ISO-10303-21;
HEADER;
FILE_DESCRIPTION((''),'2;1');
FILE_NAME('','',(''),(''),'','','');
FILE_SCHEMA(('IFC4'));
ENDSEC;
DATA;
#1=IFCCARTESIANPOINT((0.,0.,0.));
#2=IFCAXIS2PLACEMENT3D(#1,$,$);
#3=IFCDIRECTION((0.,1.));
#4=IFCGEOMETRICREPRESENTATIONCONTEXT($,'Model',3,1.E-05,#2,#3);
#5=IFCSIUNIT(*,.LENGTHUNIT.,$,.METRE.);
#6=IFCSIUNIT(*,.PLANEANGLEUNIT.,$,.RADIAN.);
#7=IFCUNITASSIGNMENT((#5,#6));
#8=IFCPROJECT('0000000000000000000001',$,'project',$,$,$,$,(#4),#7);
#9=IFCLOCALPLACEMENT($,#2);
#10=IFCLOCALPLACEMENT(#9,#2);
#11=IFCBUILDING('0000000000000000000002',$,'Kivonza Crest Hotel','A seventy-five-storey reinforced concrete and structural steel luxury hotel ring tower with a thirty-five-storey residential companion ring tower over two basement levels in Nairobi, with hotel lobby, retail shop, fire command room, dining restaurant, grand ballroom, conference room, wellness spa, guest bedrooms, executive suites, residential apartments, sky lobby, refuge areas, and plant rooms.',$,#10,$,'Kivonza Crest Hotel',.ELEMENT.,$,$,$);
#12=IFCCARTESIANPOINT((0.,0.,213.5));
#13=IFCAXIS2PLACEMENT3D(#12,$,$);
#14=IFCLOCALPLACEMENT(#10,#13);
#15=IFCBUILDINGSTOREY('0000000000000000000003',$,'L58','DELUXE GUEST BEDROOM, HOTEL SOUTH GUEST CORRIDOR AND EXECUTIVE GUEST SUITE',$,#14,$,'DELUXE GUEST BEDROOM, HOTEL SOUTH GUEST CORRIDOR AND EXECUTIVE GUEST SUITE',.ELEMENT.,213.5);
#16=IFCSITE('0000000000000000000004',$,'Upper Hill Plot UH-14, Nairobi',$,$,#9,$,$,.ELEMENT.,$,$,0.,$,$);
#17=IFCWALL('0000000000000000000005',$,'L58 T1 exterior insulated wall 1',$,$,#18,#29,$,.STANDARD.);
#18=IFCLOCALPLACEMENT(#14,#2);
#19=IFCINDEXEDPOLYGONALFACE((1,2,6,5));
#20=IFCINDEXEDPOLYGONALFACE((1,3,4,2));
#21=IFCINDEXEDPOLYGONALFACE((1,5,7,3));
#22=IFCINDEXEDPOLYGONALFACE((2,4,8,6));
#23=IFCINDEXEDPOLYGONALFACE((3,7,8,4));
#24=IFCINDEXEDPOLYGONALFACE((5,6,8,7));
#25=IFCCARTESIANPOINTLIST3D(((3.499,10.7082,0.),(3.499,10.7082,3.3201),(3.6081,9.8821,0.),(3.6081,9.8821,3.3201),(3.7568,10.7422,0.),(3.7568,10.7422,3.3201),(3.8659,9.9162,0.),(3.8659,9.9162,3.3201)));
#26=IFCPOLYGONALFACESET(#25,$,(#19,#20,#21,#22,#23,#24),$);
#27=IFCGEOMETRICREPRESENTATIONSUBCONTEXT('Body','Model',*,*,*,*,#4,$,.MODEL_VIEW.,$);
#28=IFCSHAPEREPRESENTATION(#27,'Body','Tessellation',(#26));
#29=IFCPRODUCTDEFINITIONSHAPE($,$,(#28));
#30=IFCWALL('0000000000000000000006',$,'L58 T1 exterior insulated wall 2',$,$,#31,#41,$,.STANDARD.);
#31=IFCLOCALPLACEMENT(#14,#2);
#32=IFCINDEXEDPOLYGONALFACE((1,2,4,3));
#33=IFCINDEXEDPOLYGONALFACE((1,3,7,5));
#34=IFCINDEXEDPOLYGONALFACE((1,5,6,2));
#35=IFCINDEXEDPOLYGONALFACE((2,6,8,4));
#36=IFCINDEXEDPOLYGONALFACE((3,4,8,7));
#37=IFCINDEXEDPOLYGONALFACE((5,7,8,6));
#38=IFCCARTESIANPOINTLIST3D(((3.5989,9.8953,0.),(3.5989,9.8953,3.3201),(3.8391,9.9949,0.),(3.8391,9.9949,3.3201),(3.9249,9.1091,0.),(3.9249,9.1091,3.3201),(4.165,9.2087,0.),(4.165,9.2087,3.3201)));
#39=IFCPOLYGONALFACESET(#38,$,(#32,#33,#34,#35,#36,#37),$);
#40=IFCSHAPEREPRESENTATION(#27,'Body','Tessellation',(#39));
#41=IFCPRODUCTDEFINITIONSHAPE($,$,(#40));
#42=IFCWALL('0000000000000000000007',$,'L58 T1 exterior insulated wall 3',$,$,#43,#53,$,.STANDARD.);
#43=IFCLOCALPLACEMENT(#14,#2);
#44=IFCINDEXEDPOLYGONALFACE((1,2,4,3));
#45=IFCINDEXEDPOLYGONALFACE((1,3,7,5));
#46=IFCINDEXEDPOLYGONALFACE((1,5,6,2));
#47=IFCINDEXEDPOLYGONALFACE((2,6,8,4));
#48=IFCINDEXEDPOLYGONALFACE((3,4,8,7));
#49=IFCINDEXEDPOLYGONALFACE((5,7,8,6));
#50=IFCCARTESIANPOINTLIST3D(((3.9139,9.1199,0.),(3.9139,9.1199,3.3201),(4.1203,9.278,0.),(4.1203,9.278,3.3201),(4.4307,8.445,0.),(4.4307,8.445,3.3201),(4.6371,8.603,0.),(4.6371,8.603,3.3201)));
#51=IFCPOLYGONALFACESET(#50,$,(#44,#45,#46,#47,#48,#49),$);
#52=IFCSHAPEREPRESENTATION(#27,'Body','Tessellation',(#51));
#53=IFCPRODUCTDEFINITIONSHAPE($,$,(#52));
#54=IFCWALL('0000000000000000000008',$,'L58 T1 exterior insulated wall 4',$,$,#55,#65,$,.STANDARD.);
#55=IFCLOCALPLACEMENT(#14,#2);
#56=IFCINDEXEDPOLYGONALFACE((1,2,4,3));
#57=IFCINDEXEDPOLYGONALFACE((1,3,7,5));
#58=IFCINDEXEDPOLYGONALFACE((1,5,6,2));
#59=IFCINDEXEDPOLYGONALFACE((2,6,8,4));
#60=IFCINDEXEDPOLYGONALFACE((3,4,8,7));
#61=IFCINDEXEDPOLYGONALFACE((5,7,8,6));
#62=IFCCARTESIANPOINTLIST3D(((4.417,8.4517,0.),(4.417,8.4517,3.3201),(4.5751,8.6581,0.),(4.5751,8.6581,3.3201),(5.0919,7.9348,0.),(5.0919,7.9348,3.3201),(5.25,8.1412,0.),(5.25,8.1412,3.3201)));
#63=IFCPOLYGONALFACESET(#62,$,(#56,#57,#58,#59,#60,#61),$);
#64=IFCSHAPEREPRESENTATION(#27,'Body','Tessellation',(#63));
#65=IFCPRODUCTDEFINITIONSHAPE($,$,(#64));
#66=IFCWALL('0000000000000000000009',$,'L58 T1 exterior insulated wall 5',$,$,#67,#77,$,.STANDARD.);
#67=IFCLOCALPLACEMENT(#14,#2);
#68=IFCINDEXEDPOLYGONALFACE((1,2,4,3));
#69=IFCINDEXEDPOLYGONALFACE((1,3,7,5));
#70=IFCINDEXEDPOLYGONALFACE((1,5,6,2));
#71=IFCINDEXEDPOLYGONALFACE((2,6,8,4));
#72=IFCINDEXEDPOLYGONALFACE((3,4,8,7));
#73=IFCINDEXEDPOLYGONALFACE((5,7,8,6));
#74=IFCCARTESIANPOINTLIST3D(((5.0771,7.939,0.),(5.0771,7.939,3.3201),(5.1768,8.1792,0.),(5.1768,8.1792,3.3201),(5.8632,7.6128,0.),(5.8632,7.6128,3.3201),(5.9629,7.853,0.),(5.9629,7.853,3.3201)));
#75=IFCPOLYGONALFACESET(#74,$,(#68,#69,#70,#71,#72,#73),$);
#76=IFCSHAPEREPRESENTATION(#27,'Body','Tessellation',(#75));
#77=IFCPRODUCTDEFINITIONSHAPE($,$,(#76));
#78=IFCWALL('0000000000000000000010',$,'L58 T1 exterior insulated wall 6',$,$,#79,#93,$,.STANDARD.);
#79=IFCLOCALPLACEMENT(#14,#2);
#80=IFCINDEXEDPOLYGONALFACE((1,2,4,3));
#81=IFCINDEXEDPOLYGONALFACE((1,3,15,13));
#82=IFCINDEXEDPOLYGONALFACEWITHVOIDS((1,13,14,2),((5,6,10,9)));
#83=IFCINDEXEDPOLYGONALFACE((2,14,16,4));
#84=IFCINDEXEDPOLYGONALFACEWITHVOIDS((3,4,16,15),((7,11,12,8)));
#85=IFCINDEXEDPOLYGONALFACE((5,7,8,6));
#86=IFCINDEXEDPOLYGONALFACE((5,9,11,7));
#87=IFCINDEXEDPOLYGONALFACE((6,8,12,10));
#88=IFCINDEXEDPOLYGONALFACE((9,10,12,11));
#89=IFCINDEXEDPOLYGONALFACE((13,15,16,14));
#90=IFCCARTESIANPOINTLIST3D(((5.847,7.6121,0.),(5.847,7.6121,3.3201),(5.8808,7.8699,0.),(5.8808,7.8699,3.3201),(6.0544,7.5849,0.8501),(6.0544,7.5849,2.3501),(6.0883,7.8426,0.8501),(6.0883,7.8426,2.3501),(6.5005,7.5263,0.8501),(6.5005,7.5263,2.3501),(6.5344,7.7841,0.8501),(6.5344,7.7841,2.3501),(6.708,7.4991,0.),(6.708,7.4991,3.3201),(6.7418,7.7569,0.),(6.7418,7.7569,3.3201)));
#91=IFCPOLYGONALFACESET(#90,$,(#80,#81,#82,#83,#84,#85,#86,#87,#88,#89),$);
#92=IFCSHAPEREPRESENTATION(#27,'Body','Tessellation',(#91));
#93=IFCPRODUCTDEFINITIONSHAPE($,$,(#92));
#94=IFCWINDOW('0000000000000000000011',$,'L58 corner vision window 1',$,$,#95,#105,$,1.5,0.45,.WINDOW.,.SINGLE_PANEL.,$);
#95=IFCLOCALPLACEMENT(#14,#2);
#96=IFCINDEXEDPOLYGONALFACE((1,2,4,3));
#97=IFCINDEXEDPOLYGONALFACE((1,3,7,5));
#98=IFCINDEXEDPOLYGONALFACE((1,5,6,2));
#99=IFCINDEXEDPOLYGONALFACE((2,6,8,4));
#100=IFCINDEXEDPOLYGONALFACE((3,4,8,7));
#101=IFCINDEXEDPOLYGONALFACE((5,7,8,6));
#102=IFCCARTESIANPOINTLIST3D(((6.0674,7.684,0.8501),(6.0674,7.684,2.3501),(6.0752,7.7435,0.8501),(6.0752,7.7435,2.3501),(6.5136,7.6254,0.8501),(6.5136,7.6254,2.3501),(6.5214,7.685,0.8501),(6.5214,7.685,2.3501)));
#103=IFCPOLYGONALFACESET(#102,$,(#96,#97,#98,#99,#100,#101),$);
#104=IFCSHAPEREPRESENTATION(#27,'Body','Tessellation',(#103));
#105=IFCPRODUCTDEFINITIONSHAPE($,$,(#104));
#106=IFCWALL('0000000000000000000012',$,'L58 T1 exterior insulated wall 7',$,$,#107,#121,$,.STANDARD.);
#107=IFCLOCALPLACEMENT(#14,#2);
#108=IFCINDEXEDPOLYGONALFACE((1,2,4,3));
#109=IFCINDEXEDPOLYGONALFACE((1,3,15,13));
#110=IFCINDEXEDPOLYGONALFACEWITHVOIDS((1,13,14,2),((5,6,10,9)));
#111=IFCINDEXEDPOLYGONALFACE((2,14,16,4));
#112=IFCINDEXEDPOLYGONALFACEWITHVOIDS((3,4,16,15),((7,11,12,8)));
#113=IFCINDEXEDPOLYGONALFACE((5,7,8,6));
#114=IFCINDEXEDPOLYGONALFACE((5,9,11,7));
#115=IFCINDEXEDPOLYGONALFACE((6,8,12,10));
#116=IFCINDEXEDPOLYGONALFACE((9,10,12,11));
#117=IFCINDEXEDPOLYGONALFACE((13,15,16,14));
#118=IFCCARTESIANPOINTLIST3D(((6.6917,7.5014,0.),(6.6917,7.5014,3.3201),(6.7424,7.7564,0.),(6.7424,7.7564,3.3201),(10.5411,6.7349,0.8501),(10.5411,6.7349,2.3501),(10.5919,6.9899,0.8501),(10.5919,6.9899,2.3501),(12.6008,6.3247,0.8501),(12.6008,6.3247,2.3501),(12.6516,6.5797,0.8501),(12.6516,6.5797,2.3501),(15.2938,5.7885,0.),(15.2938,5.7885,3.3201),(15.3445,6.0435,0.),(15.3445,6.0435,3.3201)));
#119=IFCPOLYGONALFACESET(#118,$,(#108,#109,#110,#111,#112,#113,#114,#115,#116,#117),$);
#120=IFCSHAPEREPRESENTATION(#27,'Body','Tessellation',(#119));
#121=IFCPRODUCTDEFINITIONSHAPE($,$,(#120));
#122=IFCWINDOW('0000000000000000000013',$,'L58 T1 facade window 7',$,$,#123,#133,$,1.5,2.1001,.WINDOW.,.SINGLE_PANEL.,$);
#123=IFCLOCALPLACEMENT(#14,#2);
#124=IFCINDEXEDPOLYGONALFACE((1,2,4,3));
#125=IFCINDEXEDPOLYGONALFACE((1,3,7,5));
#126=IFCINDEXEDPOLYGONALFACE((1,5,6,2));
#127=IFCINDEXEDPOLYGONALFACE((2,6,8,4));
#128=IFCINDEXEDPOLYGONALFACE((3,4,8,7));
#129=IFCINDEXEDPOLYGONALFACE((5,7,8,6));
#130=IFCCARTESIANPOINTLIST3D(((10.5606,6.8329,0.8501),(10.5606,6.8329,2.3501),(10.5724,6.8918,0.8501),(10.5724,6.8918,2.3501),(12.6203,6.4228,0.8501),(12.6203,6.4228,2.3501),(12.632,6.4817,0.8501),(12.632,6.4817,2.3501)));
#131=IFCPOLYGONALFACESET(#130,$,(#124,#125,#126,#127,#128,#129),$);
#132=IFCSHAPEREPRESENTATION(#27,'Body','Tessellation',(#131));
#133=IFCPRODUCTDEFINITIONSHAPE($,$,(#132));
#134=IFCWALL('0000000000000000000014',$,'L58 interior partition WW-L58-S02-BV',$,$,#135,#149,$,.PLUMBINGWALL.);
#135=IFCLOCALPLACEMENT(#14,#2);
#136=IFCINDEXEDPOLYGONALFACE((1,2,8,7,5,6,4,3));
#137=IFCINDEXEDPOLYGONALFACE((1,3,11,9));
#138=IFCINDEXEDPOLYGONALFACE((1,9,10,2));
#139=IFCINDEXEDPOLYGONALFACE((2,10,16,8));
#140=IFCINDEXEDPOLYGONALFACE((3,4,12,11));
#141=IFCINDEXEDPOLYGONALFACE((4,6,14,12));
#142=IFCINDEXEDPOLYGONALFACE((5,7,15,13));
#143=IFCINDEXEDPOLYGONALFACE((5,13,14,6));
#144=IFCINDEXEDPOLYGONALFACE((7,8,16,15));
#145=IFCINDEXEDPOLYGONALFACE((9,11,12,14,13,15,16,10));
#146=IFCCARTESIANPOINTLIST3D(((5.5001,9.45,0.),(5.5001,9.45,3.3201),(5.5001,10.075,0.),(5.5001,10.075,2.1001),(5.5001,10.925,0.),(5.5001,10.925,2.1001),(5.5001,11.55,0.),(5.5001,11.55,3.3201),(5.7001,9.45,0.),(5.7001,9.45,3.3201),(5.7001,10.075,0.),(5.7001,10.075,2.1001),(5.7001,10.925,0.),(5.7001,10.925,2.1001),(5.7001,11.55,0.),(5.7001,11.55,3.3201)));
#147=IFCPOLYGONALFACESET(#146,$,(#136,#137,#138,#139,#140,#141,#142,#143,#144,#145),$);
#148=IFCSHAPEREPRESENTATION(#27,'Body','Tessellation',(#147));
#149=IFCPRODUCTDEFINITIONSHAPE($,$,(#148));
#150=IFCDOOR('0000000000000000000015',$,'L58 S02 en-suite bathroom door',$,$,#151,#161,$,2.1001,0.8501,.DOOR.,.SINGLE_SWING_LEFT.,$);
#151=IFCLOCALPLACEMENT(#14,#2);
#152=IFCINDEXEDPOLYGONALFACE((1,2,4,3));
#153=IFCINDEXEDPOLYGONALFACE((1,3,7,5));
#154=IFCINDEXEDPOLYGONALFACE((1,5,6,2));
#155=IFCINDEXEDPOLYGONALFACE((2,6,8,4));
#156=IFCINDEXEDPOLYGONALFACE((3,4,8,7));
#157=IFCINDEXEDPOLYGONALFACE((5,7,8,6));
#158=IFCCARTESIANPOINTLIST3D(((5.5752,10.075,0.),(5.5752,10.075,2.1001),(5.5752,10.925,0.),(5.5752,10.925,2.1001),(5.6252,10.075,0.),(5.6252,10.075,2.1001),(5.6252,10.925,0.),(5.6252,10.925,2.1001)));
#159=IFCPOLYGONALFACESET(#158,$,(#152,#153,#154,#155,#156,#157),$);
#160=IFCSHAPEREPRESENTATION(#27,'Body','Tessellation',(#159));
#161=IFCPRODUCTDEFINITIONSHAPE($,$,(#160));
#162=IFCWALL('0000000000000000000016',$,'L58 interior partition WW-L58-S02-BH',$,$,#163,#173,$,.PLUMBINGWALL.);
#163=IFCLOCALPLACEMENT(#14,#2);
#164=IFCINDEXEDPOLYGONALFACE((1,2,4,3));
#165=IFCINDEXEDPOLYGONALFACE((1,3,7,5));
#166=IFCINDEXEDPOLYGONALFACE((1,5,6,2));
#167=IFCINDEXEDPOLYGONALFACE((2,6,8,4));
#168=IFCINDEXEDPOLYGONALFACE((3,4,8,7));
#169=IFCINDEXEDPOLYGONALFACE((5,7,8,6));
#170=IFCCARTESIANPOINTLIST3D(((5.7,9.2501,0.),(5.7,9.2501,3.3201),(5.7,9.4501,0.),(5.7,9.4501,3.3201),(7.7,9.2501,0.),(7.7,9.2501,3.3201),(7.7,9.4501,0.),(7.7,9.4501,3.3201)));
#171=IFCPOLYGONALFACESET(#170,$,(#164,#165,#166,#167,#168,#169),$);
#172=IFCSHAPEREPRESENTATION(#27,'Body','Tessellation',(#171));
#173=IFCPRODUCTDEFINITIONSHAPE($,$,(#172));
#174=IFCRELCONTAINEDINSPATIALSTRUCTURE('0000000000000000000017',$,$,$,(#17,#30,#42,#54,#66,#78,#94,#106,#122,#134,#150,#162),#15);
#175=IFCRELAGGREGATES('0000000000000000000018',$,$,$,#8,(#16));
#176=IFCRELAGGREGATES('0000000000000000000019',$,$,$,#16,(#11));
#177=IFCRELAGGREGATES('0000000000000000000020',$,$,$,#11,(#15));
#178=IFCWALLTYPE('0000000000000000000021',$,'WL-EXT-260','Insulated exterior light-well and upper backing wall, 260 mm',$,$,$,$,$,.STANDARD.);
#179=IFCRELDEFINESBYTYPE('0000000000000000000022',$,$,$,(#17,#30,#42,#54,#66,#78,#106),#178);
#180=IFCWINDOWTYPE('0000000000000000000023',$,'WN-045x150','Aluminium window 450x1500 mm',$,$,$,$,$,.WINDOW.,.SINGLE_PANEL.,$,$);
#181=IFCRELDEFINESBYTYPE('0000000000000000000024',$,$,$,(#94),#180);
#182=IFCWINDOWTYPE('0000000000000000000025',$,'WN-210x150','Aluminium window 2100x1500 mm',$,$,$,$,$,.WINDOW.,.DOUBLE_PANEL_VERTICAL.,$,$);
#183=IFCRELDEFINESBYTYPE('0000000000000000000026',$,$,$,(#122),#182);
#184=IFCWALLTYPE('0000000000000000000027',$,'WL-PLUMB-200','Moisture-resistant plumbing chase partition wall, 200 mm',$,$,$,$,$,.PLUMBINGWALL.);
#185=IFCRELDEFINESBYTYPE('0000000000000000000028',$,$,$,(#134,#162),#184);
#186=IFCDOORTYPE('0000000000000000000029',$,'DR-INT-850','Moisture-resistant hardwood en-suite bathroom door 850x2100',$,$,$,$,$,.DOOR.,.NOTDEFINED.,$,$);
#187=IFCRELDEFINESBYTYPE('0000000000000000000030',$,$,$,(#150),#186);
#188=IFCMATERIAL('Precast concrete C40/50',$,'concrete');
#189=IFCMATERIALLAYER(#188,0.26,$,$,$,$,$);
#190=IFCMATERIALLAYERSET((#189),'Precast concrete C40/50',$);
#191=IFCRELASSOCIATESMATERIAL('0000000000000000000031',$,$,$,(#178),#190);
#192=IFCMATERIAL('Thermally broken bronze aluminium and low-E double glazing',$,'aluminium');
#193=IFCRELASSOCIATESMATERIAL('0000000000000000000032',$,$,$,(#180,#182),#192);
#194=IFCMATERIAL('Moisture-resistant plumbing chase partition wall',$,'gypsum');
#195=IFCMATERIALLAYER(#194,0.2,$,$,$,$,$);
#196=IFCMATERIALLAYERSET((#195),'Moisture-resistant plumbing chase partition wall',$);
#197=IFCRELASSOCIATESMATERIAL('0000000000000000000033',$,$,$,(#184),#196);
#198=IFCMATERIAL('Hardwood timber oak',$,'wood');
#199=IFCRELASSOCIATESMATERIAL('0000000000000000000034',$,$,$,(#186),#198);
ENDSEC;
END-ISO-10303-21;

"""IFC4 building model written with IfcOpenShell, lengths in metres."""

from ifc_helpers import new_model, si_unit, direction, frame, frame_2d, origin, place, context, subcontext, project, spatial, rectangle, extrude, material, layer, layer_set, type_object, element, fill, save


model = new_model("IFC4")

# Units and contexts
model_context = context("Model", 3, precision=1e-05, world=origin(), true_north=direction((0.0, 1.0)))
body_context = subcontext(model_context, "Body", "Model", "MODEL_VIEW")
ifc_project = project(units=[si_unit("LENGTHUNIT", "METRE"), si_unit("PLANEANGLEUNIT", "RADIAN")], contexts=[model_context])

# Site, building, storey
site_placement = place(None, origin())
site = spatial("IfcSite", under=ifc_project, at=site_placement, Name="Upper Hill Plot UH-14, Nairobi", CompositionType="ELEMENT", RefElevation=0.0)
building_placement = place(site_placement, origin())
building = spatial("IfcBuilding", under=site, at=building_placement, Name="Kivonza Crest Hotel", Description="A seventy-five-storey reinforced concrete and structural steel luxury hotel ring tower with a thirty-five-storey residential companion ring tower over two basement levels in Nairobi, with hotel lobby, retail shop, fire command room, dining restaurant, grand ballroom, conference room, wellness spa, guest bedrooms, executive suites, residential apartments, sky lobby, refuge areas, and plant rooms.", LongName="Kivonza Crest Hotel", CompositionType="ELEMENT")
storey_placement = place(building_placement, frame((0.0, 0.0, 213.5)))
storey = spatial("IfcBuildingStorey", under=building, at=storey_placement, Name="L58", Description="DELUXE GUEST BEDROOM, HOTEL SOUTH GUEST CORRIDOR AND EXECUTIVE GUEST SUITE", LongName="DELUXE GUEST BEDROOM, HOTEL SOUTH GUEST CORRIDOR AND EXECUTIVE GUEST SUITE", CompositionType="ELEMENT", Elevation=213.5)

# Shared definitions
ifc_material_1 = material(Name="Hardwood timber oak", Category="wood")

# Walls
ifc_material_2 = material(Name="Precast concrete C40/50", Category="concrete")
ifc_layer_1 = layer(ifc_material_2, 0.26)
ifc_layer_set_1 = layer_set([ifc_layer_1], Name="Precast concrete C40/50")
wall_type_1 = type_object("IfcWallType", Name="WL-EXT-260", Description="Insulated exterior light-well and upper backing wall, 260 mm", PredefinedType="STANDARD", material=ifc_layer_set_1)
wall_1_placement = place(storey_placement, frame((3.6279, 10.7251, 0.0), z_axis=(0.0, 0.0, 1.0), x_axis=(0.130955, -0.991388, 0.0)))
element("IfcWall", 1, at=wall_1_placement, inside=storey, type_object=wall_type_1, Name="L58 T1 exterior insulated wall 1", PredefinedType="STANDARD", context=body_context, shape_type="SweptSolid", body=[
    extrude(rectangle(XDim=0.8333, YDim=0.26, at=frame_2d((0.4165, 0.0))), origin(), (0.0, 0.0, 1.0), 3.3201),
])
wall_2_placement = place(storey_placement, frame((3.719, 9.9451, 0.0), z_axis=(0.0, 0.0, 1.0), x_axis=(0.382985, -0.923754, 0.0)))
element("IfcWall", 2, at=wall_2_placement, inside=storey, type_object=wall_type_1, Name="L58 T1 exterior insulated wall 2", PredefinedType="STANDARD", context=body_context, shape_type="SweptSolid", body=[
    extrude(rectangle(XDim=0.8511, YDim=0.26, at=frame_2d((0.4255, 0.0))), origin(), (0.0, 0.0, 1.0), 3.3201),
])
for number, where, z_axis, x_axis, name in (
    (3, (4.0171, 9.199, 0.0), (0.0, 0.0, 1.0), (0.607919, -0.793999, 0.0), "L58 T1 exterior insulated wall 3"),
    (4, (4.4961, 8.5549, 0.0), (0.0, 0.0, 1.0), (0.793893, -0.608058, 0.0), "L58 T1 exterior insulated wall 4"),
):
    element("IfcWall", number, at=place(storey_placement, frame(where, z_axis=z_axis, x_axis=x_axis)), inside=storey, type_object=wall_type_1, Name=name, PredefinedType="STANDARD", context=body_context, shape_type="SweptSolid", body=[
        extrude(rectangle(XDim=0.8501, YDim=0.26, at=frame_2d((0.425, 0.0))), origin(), (0.0, 0.0, 1.0), 3.3201),
    ])
wall_3_placement = place(storey_placement, frame((5.127, 8.0591, 0.0), z_axis=(0.0, 0.0, 1.0), x_axis=(0.923653, -0.38323, 0.0)))
element("IfcWall", 5, at=wall_3_placement, inside=storey, type_object=wall_type_1, Name="L58 T1 exterior insulated wall 5", PredefinedType="STANDARD", context=body_context, shape_type="SweptSolid", body=[
    extrude(rectangle(XDim=0.8511, YDim=0.26, at=frame_2d((0.4255, 0.0))), origin(), (0.0, 0.0, 1.0), 3.3201),
])

# Walls, openings, windows
wall_4_placement = place(storey_placement, frame((5.864, 7.741, 0.0), z_axis=(0.0, 0.0, 1.0), x_axis=(0.991493, -0.130156, 0.0)))
wall_4 = element("IfcWall", 6, at=wall_4_placement, inside=storey, type_object=wall_type_1, Name="L58 T1 exterior insulated wall 6", PredefinedType="STANDARD", context=body_context, shape_type="SweptSolid", body=[
    extrude(rectangle(XDim=0.8684, YDim=0.26, at=frame_2d((0.4341, 0.0))), origin(), (0.0, 0.0, 1.0), 3.3201),
])
opening_1_placement = place(wall_4_placement, frame((0.209, 0.0, 0.8501)))
opening_1 = element("IfcOpeningElement", 7, at=opening_1_placement, cuts=wall_4, PredefinedType="OPENING", context=body_context, shape_type="SweptSolid", body=[
    extrude(rectangle(XDim=0.45, YDim=1.5, at=frame_2d((0.2251, 0.75))), frame((0.0, 0.1401, 0.0), z_axis=(0.0, -1.0, 0.0), x_axis=(1.0, 0.0, 0.0)), (0.0, 0.0, 1.0), 0.28),
])
ifc_material_3 = material(Name="Thermally broken bronze aluminium and low-E double glazing", Category="aluminium")
window_type_1 = type_object("IfcWindowType", Name="WN-045x150", Description="Aluminium window 450x1500 mm", PartitioningType="SINGLE_PANEL", PredefinedType="WINDOW", material=ifc_material_3)
window_1_placement = place(opening_1_placement, origin())
window_1 = element("IfcWindow", 8, at=window_1_placement, inside=storey, type_object=window_type_1, Name="L58 corner vision window 1", OverallHeight=1.5, OverallWidth=0.45, PartitioningType="SINGLE_PANEL", PredefinedType="WINDOW", context=body_context, shape_type="SweptSolid", body=[
    extrude(rectangle(XDim=0.45, YDim=1.5, at=frame_2d((0.2251, 0.75))), frame((0.0, 0.03, 0.0), z_axis=(0.0, -1.0, 0.0), x_axis=(1.0, 0.0, 0.0)), (0.0, 0.0, 1.0), 0.0601),
])
fill(opening_1, window_1)
wall_5_placement = place(storey_placement, frame((6.717, 7.6289, 0.0), z_axis=(0.0, 0.0, 1.0), x_axis=(0.980745, -0.195292, 0.0)))
wall_5 = element("IfcWall", 9, at=wall_5_placement, inside=storey, type_object=wall_type_1, Name="L58 T1 exterior insulated wall 7", PredefinedType="STANDARD", context=body_context, shape_type="SweptSolid", body=[
    extrude(rectangle(XDim=8.771, YDim=0.26, at=frame_2d((4.3855, 0.0))), origin(), (0.0, 0.0, 1.0), 3.3201),
])
opening_2_placement = place(wall_5_placement, frame((3.925, 0.0, 0.8501)))
opening_2 = element("IfcOpeningElement", 10, at=opening_2_placement, cuts=wall_5, PredefinedType="OPENING", context=body_context, shape_type="SweptSolid", body=[
    extrude(rectangle(XDim=2.1001, YDim=1.5, at=frame_2d((1.05, 0.75))), frame((0.0, 0.1401, 0.0), z_axis=(0.0, -1.0, 0.0), x_axis=(1.0, 0.0, 0.0)), (0.0, 0.0, 1.0), 0.28),
])
window_type_2 = type_object("IfcWindowType", Name="WN-210x150", Description="Aluminium window 2100x1500 mm", PartitioningType="DOUBLE_PANEL_VERTICAL", PredefinedType="WINDOW", material=ifc_material_3)
window_2_placement = place(opening_2_placement, origin())
window_2 = element("IfcWindow", 11, at=window_2_placement, inside=storey, type_object=window_type_2, Name="L58 T1 facade window 7", OverallHeight=1.5, OverallWidth=2.1001, PartitioningType="SINGLE_PANEL", PredefinedType="WINDOW", context=body_context, shape_type="SweptSolid", body=[
    extrude(rectangle(XDim=2.1001, YDim=1.5, at=frame_2d((1.05, 0.75))), frame((0.0, 0.03, 0.0), z_axis=(0.0, -1.0, 0.0), x_axis=(1.0, 0.0, 0.0)), (0.0, 0.0, 1.0), 0.0601),
])
fill(opening_2, window_2)

# Wall, opening, door
ifc_material_4 = material(Name="Moisture-resistant plumbing chase partition wall", Category="gypsum")
ifc_layer_2 = layer(ifc_material_4, 0.2)
ifc_layer_set_2 = layer_set([ifc_layer_2], Name="Moisture-resistant plumbing chase partition wall")
wall_type_2 = type_object("IfcWallType", Name="WL-PLUMB-200", Description="Moisture-resistant plumbing chase partition wall, 200 mm", PredefinedType="PLUMBINGWALL", material=ifc_layer_set_2)
wall_6_placement = place(storey_placement, frame((5.6001, 9.45, 0.0), z_axis=(0.0, 0.0, 1.0), x_axis=(0.0, 1.0, 0.0)))
wall_6 = element("IfcWall", 12, at=wall_6_placement, inside=storey, type_object=wall_type_2, Name="L58 interior partition WW-L58-S02-BV", PredefinedType="PLUMBINGWALL", context=body_context, shape_type="SweptSolid", body=[
    extrude(rectangle(XDim=2.1001, YDim=0.2, at=frame_2d((1.05, 0.0))), origin(), (0.0, 0.0, 1.0), 3.3201),
])
opening_3_placement = place(wall_6_placement, frame((0.625, 0.0, 0.0)))
opening_3 = element("IfcOpeningElement", 13, at=opening_3_placement, cuts=wall_6, PredefinedType="OPENING", context=body_context, shape_type="SweptSolid", body=[
    extrude(rectangle(XDim=0.8501, YDim=2.1001, at=frame_2d((0.425, 1.05))), frame((0.0, 0.1099, 0.0), z_axis=(0.0, -1.0, 0.0), x_axis=(1.0, 0.0, 0.0)), (0.0, 0.0, 1.0), 0.22),
])
door_type_1 = type_object("IfcDoorType", Name="DR-INT-850", Description="Moisture-resistant hardwood en-suite bathroom door 850x2100", OperationType="NOTDEFINED", PredefinedType="DOOR", material=ifc_material_1)
door_1_placement = place(opening_3_placement, origin())
door_1 = element("IfcDoor", 14, at=door_1_placement, inside=storey, type_object=door_type_1, Name="L58 S02 en-suite bathroom door", OperationType="SINGLE_SWING_LEFT", OverallHeight=2.1001, OverallWidth=0.8501, PredefinedType="DOOR", context=body_context, shape_type="SweptSolid", body=[
    extrude(rectangle(XDim=0.8501, YDim=2.1001, at=frame_2d((0.425, 1.05))), frame((0.0, 0.0249, 0.0), z_axis=(0.0, -1.0, 0.0), x_axis=(1.0, 0.0, 0.0)), (0.0, 0.0, 1.0), 0.05),
])
fill(opening_3, door_1)

# Wall
wall_7_placement = place(storey_placement, frame((5.7, 9.3501, 0.0), z_axis=(0.0, 0.0, 1.0), x_axis=(1.0, 0.0, 0.0)))
element("IfcWall", 15, at=wall_7_placement, inside=storey, type_object=wall_type_2, Name="L58 interior partition WW-L58-S02-BH", PredefinedType="PLUMBINGWALL", context=body_context, shape_type="SweptSolid", body=[
    extrude(rectangle(XDim=2.0, YDim=0.2, at=frame_2d((1.0, 0.0))), origin(), (0.0, 0.0, 1.0), 3.3201),
])

save(model, "model.ifc")
